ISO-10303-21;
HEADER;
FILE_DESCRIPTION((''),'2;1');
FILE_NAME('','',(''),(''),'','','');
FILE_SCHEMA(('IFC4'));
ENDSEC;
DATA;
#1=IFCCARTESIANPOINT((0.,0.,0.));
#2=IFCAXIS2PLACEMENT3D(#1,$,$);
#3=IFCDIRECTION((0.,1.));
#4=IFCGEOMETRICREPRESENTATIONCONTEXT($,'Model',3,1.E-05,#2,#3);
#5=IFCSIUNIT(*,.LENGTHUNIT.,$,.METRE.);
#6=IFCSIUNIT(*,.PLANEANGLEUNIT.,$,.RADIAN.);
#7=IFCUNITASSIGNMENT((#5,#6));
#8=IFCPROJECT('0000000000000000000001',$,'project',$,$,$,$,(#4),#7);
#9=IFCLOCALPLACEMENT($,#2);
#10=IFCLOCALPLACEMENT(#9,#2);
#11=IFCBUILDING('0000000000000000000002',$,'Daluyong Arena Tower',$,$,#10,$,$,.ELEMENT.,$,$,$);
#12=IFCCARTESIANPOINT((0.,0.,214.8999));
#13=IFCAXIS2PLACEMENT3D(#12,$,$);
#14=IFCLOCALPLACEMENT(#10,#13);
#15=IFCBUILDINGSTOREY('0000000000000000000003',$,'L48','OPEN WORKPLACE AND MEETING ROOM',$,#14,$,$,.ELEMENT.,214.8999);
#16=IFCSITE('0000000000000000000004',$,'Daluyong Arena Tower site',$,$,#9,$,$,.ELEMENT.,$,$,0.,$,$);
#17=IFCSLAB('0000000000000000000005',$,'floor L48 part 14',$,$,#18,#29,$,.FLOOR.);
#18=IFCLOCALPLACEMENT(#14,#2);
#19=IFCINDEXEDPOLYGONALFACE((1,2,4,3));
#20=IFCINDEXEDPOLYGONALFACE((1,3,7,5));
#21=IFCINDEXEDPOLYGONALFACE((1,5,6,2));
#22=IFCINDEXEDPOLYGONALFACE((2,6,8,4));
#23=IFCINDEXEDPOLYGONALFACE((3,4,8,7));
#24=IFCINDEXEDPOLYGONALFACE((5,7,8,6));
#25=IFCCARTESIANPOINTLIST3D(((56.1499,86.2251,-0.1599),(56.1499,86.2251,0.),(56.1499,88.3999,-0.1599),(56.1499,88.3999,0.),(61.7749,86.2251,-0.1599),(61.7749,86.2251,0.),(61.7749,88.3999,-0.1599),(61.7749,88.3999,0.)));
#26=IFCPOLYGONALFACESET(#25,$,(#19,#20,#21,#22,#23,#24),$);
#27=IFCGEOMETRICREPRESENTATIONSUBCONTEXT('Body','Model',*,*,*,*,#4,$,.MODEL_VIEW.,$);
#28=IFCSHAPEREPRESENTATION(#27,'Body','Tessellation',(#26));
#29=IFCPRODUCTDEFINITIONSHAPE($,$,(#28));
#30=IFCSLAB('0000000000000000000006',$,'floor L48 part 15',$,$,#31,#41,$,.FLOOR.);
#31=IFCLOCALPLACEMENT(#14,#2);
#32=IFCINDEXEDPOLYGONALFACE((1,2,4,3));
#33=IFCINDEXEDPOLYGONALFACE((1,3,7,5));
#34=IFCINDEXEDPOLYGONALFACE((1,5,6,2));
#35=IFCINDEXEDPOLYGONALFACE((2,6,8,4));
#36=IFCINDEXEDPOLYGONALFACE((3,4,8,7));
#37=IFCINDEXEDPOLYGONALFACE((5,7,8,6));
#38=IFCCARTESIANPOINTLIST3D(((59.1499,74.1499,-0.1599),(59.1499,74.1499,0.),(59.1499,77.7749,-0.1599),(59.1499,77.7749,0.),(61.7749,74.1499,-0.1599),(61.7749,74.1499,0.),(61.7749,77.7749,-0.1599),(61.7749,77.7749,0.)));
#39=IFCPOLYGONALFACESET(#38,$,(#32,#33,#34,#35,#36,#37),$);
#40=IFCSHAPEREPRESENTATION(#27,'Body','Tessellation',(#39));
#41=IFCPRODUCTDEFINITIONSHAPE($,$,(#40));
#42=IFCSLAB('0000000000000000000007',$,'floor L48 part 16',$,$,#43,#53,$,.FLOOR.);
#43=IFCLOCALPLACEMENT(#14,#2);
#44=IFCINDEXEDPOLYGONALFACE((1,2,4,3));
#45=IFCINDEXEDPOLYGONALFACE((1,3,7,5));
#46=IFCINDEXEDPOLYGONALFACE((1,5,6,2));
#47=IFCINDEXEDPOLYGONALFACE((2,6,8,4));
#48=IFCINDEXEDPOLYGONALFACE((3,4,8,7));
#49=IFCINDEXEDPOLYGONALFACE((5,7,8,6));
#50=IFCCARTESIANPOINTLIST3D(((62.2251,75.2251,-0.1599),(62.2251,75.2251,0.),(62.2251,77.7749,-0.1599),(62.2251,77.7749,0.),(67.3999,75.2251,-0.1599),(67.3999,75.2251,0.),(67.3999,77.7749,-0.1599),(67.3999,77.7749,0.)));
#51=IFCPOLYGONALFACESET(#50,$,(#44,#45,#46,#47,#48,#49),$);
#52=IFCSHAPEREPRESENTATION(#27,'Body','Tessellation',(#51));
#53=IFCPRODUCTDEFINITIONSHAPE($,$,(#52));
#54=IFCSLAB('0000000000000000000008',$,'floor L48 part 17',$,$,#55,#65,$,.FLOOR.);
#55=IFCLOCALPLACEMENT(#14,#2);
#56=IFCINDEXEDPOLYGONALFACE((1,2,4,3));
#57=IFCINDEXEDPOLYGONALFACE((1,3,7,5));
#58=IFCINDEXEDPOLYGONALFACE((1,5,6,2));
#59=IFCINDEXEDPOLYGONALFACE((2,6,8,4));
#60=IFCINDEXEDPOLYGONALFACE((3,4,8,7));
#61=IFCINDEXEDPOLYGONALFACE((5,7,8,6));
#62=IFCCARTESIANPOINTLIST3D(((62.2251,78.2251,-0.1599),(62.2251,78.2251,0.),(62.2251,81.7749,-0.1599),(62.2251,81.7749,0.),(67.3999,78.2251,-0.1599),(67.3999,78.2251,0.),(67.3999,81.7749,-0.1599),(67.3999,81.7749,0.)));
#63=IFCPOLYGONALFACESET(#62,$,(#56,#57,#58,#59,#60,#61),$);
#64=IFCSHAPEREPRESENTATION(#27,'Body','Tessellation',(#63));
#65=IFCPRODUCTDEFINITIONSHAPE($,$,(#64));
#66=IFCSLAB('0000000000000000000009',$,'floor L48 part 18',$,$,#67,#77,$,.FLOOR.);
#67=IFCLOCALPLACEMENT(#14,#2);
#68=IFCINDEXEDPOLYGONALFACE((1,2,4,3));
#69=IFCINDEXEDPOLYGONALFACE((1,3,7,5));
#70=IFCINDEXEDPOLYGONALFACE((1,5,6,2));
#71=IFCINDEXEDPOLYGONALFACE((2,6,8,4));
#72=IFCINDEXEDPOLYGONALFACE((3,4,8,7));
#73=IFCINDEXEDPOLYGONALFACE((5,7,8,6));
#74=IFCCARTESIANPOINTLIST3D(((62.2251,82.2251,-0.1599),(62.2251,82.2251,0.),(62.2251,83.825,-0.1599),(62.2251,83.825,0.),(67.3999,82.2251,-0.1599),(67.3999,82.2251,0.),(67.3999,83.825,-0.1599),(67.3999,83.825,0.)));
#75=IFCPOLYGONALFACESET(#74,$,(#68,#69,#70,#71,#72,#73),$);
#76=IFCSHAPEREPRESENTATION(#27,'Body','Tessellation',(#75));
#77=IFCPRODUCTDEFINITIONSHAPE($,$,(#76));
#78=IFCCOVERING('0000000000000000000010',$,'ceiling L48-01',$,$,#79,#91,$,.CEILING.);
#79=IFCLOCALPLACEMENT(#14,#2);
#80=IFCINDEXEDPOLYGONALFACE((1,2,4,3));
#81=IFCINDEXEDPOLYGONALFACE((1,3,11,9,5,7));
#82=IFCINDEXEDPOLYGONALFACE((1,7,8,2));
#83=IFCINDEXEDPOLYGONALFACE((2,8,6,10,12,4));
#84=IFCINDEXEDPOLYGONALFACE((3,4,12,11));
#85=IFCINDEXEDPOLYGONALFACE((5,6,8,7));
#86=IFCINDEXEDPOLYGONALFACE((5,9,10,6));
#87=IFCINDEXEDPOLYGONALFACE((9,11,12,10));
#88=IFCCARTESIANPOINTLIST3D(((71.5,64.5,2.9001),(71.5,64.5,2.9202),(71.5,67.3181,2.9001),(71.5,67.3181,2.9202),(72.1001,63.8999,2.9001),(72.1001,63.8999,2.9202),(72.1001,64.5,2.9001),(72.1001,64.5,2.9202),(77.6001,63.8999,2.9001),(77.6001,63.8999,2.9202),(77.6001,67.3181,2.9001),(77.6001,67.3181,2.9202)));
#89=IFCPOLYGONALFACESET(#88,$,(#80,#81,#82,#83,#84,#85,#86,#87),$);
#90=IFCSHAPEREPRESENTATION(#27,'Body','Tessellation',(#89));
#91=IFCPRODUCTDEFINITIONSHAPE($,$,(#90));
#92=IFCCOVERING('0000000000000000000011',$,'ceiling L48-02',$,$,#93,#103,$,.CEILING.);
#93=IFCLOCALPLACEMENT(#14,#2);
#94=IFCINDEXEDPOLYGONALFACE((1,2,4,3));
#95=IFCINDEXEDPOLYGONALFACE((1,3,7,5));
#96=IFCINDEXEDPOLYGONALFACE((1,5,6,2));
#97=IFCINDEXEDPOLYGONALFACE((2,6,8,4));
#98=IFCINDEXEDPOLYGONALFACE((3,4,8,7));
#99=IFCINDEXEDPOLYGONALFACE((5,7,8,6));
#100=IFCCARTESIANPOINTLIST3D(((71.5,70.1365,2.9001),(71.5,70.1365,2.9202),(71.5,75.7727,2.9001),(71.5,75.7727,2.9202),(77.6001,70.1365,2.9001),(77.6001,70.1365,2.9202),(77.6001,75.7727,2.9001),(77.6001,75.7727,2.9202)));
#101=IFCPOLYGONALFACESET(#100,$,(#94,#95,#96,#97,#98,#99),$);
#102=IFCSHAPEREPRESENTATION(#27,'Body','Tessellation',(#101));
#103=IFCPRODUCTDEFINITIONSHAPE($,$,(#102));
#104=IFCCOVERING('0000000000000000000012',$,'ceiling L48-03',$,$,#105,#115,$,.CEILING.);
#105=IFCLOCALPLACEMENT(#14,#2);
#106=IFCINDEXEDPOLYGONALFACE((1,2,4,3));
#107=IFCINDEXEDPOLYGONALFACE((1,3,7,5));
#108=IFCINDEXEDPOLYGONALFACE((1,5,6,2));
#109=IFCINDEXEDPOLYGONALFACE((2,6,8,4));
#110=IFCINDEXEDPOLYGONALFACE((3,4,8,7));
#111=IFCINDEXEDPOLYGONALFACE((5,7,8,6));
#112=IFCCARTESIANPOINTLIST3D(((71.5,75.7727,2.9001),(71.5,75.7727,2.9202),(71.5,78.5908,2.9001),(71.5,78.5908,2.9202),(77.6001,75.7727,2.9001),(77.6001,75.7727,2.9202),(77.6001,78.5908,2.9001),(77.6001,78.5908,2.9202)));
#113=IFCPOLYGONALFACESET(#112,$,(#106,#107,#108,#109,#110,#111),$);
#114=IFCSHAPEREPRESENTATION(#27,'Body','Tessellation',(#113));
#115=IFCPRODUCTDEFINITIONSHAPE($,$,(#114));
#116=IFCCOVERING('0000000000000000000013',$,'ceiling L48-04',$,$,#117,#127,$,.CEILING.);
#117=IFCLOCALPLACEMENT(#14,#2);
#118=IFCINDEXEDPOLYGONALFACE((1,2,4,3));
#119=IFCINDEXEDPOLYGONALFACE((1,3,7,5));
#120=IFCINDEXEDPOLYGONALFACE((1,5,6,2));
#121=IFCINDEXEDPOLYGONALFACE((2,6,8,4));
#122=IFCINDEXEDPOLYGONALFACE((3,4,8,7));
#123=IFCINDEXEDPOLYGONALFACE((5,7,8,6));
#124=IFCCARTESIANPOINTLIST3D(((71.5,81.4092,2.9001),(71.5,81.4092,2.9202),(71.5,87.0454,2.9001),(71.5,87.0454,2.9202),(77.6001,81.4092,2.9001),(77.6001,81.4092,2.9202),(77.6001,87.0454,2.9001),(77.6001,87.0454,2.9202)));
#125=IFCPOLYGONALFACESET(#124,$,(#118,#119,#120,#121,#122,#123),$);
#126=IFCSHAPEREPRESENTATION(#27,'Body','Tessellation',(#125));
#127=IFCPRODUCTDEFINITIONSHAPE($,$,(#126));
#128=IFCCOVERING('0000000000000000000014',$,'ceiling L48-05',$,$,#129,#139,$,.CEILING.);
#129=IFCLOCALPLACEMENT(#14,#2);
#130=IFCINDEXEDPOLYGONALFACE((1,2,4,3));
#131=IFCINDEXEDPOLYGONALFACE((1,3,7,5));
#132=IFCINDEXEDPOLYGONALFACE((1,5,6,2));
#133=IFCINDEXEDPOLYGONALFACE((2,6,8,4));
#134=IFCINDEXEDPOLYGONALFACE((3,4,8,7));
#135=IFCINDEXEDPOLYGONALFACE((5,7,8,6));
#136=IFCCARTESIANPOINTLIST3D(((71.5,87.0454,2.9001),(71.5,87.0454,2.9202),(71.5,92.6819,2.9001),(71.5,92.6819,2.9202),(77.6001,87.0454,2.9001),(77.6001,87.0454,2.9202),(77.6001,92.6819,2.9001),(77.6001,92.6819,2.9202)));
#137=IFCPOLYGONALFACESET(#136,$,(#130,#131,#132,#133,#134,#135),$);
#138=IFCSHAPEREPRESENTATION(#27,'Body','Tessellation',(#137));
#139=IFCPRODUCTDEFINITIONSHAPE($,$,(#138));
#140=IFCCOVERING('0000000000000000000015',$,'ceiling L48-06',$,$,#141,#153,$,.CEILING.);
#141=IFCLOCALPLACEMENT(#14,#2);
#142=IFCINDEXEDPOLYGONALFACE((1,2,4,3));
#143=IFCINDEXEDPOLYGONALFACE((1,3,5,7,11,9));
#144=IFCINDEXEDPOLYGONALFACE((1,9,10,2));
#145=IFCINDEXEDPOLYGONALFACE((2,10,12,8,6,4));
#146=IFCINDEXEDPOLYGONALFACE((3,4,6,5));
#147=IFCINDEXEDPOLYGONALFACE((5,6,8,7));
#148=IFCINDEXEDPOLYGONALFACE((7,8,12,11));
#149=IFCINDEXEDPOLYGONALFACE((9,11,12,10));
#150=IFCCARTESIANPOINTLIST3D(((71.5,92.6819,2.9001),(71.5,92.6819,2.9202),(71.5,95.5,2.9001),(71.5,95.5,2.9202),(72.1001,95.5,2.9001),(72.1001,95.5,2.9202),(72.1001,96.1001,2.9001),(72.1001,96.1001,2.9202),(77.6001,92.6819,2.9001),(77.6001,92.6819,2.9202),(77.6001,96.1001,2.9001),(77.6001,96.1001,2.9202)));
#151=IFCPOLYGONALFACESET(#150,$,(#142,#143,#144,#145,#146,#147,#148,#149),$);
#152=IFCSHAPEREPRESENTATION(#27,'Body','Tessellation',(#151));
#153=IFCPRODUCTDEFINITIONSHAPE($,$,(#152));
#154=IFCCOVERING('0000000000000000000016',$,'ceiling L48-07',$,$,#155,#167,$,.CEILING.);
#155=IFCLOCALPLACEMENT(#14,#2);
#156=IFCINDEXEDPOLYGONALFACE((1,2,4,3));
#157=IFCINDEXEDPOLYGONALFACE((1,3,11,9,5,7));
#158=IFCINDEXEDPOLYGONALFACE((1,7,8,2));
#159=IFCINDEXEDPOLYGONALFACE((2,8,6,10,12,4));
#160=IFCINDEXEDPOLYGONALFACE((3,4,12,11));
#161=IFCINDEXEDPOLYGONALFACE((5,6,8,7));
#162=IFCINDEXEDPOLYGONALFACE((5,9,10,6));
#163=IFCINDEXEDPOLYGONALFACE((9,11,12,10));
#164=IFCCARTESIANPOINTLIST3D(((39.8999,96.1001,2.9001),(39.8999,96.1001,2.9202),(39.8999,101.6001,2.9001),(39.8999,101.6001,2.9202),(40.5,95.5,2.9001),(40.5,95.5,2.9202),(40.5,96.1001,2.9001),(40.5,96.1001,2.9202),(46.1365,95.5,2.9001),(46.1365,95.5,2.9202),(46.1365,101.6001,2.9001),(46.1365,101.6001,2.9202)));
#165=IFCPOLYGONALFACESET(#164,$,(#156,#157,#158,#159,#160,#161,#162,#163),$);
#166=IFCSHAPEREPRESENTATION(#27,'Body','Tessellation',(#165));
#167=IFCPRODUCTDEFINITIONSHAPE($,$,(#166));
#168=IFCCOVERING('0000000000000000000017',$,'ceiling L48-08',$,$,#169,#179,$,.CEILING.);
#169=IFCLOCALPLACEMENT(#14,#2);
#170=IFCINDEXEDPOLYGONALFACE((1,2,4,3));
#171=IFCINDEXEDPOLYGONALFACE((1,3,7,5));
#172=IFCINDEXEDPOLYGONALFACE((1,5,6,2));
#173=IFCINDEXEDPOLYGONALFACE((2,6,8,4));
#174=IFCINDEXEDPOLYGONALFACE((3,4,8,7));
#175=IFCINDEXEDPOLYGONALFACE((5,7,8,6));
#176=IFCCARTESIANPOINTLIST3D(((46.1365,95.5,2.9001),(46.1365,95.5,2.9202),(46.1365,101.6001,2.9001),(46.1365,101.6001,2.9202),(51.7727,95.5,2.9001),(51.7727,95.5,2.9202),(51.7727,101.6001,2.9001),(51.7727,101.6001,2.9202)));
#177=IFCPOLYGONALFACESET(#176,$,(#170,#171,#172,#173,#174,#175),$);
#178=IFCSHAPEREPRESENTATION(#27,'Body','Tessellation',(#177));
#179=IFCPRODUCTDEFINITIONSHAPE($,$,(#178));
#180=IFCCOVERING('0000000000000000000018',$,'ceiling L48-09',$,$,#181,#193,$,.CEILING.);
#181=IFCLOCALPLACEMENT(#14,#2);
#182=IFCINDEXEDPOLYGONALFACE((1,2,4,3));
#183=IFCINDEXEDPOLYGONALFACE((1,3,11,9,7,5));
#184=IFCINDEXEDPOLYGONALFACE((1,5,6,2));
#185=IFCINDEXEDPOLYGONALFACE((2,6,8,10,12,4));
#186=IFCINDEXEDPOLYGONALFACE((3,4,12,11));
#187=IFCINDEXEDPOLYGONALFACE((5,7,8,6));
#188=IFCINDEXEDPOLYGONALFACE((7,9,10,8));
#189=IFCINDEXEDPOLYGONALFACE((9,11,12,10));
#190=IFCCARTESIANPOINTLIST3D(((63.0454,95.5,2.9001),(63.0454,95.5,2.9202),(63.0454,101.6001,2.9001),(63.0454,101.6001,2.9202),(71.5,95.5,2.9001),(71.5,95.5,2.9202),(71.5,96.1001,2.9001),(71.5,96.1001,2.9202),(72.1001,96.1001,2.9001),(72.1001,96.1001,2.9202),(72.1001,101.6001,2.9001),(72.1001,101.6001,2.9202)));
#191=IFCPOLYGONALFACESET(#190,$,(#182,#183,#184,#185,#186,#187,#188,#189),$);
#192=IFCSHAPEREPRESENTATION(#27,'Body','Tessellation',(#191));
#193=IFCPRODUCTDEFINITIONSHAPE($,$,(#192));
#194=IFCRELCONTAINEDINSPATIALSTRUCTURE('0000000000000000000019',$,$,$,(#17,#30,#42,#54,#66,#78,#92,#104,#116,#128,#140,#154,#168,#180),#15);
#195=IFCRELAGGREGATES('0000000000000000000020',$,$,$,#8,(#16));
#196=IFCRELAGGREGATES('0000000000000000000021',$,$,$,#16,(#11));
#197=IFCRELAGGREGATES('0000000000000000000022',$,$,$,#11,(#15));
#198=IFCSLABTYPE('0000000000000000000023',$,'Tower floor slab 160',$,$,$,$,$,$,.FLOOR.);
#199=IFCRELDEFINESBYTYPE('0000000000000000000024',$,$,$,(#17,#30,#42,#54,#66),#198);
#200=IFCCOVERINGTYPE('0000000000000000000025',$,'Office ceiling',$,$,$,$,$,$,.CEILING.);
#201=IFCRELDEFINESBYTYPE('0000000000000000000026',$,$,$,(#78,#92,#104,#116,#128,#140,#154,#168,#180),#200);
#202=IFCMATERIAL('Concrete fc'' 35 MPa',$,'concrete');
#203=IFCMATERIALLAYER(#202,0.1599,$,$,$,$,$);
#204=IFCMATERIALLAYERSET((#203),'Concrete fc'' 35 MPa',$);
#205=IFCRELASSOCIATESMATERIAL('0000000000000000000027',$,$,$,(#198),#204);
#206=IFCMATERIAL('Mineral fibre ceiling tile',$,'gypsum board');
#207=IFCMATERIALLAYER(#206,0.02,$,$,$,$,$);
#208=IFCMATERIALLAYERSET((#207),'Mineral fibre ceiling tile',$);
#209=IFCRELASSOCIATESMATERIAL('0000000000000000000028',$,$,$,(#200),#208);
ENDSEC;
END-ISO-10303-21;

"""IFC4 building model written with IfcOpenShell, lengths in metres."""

from ifc_helpers import new_model, si_unit, direction, frame, origin, place, context, subcontext, project, spatial, polyline, outline, extrude, material, layer, layer_set, type_object, element, save


model = new_model("IFC4")

# Units and contexts
model_context = context("Model", 3, precision=1e-05, world=origin(), true_north=direction((0.0, 1.0)))
body_context = subcontext(model_context, "Body", "Model", "MODEL_VIEW")
ifc_project = project(units=[si_unit("LENGTHUNIT", "METRE"), si_unit("PLANEANGLEUNIT", "RADIAN")], contexts=[model_context])

# Site, building, storey
site_placement = place(None, origin())
site = spatial("IfcSite", under=ifc_project, at=site_placement, Name="Daluyong Arena Tower site", CompositionType="ELEMENT", RefElevation=0.0)
building_placement = place(site_placement, origin())
building = spatial("IfcBuilding", under=site, at=building_placement, Name="Daluyong Arena Tower", CompositionType="ELEMENT")
storey_placement = place(building_placement, frame((0.0, 0.0, 214.8999)))
storey = spatial("IfcBuildingStorey", under=building, at=storey_placement, Name="L48", Description="OPEN WORKPLACE AND MEETING ROOM", CompositionType="ELEMENT", Elevation=214.8999)

# Slabs
ifc_material_1 = material(Name="Concrete fc' 35 MPa", Category="concrete")
ifc_layer_1 = layer(ifc_material_1, 0.1599)
ifc_layer_set_1 = layer_set([ifc_layer_1], Name="Concrete fc' 35 MPa")
slab_type = type_object("IfcSlabType", Name="Tower floor slab 160", PredefinedType="FLOOR", material=ifc_layer_set_1)
slab_1_placement = place(storey_placement, frame((0.0, 0.0, -0.1599)))
element("IfcSlab", 1, at=slab_1_placement, inside=storey, type_object=slab_type, Name="floor L48 part 14", PredefinedType="FLOOR", context=body_context, shape_type="SweptSolid", body=[
    extrude(outline(polyline([(56.1499, 88.3999), (56.1499, 86.2251), (61.7749, 86.2251), (61.7749, 88.3999), (56.1499, 88.3999)])), origin(), (0.0, 0.0, 1.0), 0.1599),
])
slab_2_placement = place(storey_placement, frame((0.0, 0.0, -0.1599)))
element("IfcSlab", 2, at=slab_2_placement, inside=storey, type_object=slab_type, Name="floor L48 part 15", PredefinedType="FLOOR", context=body_context, shape_type="SweptSolid", body=[
    extrude(outline(polyline([(61.7749, 77.7749), (59.1499, 77.7749), (59.1499, 74.1499), (61.7749, 74.1499), (61.7749, 77.7749)])), origin(), (0.0, 0.0, 1.0), 0.1599),
])
slab_3_placement = place(storey_placement, frame((0.0, 0.0, -0.1599)))
element("IfcSlab", 3, at=slab_3_placement, inside=storey, type_object=slab_type, Name="floor L48 part 16", PredefinedType="FLOOR", context=body_context, shape_type="SweptSolid", body=[
    extrude(outline(polyline([(67.3999, 75.2251), (67.3999, 77.7749), (62.2251, 77.7749), (62.2251, 75.2251), (67.3999, 75.2251)])), origin(), (0.0, 0.0, 1.0), 0.1599),
])
slab_4_placement = place(storey_placement, frame((0.0, 0.0, -0.1599)))
element("IfcSlab", 4, at=slab_4_placement, inside=storey, type_object=slab_type, Name="floor L48 part 17", PredefinedType="FLOOR", context=body_context, shape_type="SweptSolid", body=[
    extrude(outline(polyline([(67.3999, 78.2251), (67.3999, 81.7749), (62.2251, 81.7749), (62.2251, 78.2251), (67.3999, 78.2251)])), origin(), (0.0, 0.0, 1.0), 0.1599),
])
slab_5_placement = place(storey_placement, frame((0.0, 0.0, -0.1599)))
element("IfcSlab", 5, at=slab_5_placement, inside=storey, type_object=slab_type, Name="floor L48 part 18", PredefinedType="FLOOR", context=body_context, shape_type="SweptSolid", body=[
    extrude(outline(polyline([(67.3999, 83.825), (62.2251, 83.825), (62.2251, 82.2251), (67.3999, 82.2251), (67.3999, 83.825)])), origin(), (0.0, 0.0, 1.0), 0.1599),
])

# Coverings
ifc_material_2 = material(Name="Mineral fibre ceiling tile", Category="gypsum board")
ifc_layer_2 = layer(ifc_material_2, 0.02)
ifc_layer_set_2 = layer_set([ifc_layer_2], Name="Mineral fibre ceiling tile")
covering_type = type_object("IfcCoveringType", Name="Office ceiling", PredefinedType="CEILING", material=ifc_layer_set_2)
covering_1_placement = place(storey_placement, frame((0.0, 0.0, 2.9001)))
element("IfcCovering", 6, at=covering_1_placement, inside=storey, type_object=covering_type, Name="ceiling L48-01", PredefinedType="CEILING", context=body_context, shape_type="SweptSolid", body=[
    extrude(outline(polyline([(72.1001, 63.8999), (77.6001, 63.8999), (77.6001, 67.3181), (71.5, 67.3181), (71.5, 64.5), (72.1001, 64.5), (72.1001, 63.8999)])), origin(), (0.0, 0.0, 1.0), 0.02),
])
covering_2_placement = place(storey_placement, frame((0.0, 0.0, 2.9001)))
element("IfcCovering", 7, at=covering_2_placement, inside=storey, type_object=covering_type, Name="ceiling L48-02", PredefinedType="CEILING", context=body_context, shape_type="SweptSolid", body=[
    extrude(outline(polyline([(71.5, 70.1365), (77.6001, 70.1365), (77.6001, 75.7727), (71.5, 75.7727), (71.5, 70.1365)])), origin(), (0.0, 0.0, 1.0), 0.02),
])
covering_3_placement = place(storey_placement, frame((0.0, 0.0, 2.9001)))
element("IfcCovering", 8, at=covering_3_placement, inside=storey, type_object=covering_type, Name="ceiling L48-03", PredefinedType="CEILING", context=body_context, shape_type="SweptSolid", body=[
    extrude(outline(polyline([(71.5, 75.7727), (77.6001, 75.7727), (77.6001, 78.5908), (71.5, 78.5908), (71.5, 75.7727)])), origin(), (0.0, 0.0, 1.0), 0.02),
])
covering_4_placement = place(storey_placement, frame((0.0, 0.0, 2.9001)))
element("IfcCovering", 9, at=covering_4_placement, inside=storey, type_object=covering_type, Name="ceiling L48-04", PredefinedType="CEILING", context=body_context, shape_type="SweptSolid", body=[
    extrude(outline(polyline([(71.5, 81.4092), (77.6001, 81.4092), (77.6001, 87.0454), (71.5, 87.0454), (71.5, 81.4092)])), origin(), (0.0, 0.0, 1.0), 0.02),
])
covering_5_placement = place(storey_placement, frame((0.0, 0.0, 2.9001)))
element("IfcCovering", 10, at=covering_5_placement, inside=storey, type_object=covering_type, Name="ceiling L48-05", PredefinedType="CEILING", context=body_context, shape_type="SweptSolid", body=[
    extrude(outline(polyline([(71.5, 87.0454), (77.6001, 87.0454), (77.6001, 92.6819), (71.5, 92.6819), (71.5, 87.0454)])), origin(), (0.0, 0.0, 1.0), 0.02),
])
covering_6_placement = place(storey_placement, frame((0.0, 0.0, 2.9001)))
element("IfcCovering", 11, at=covering_6_placement, inside=storey, type_object=covering_type, Name="ceiling L48-06", PredefinedType="CEILING", context=body_context, shape_type="SweptSolid", body=[
    extrude(outline(polyline([(71.5, 92.6819), (77.6001, 92.6819), (77.6001, 96.1001), (72.1001, 96.1001), (72.1001, 95.5), (71.5, 95.5), (71.5, 92.6819)])), origin(), (0.0, 0.0, 1.0), 0.02),
])
covering_7_placement = place(storey_placement, frame((0.0, 0.0, 2.9001)))
element("IfcCovering", 12, at=covering_7_placement, inside=storey, type_object=covering_type, Name="ceiling L48-07", PredefinedType="CEILING", context=body_context, shape_type="SweptSolid", body=[
    extrude(outline(polyline([(46.1365, 95.5), (46.1365, 101.6001), (39.8999, 101.6001), (39.8999, 96.1001), (40.5, 96.1001), (40.5, 95.5), (46.1365, 95.5)])), origin(), (0.0, 0.0, 1.0), 0.02),
])
covering_8_placement = place(storey_placement, frame((0.0, 0.0, 2.9001)))
element("IfcCovering", 13, at=covering_8_placement, inside=storey, type_object=covering_type, Name="ceiling L48-08", PredefinedType="CEILING", context=body_context, shape_type="SweptSolid", body=[
    extrude(outline(polyline([(51.7727, 95.5), (51.7727, 101.6001), (46.1365, 101.6001), (46.1365, 95.5), (51.7727, 95.5)])), origin(), (0.0, 0.0, 1.0), 0.02),
])
covering_9_placement = place(storey_placement, frame((0.0, 0.0, 2.9001)))
element("IfcCovering", 14, at=covering_9_placement, inside=storey, type_object=covering_type, Name="ceiling L48-09", PredefinedType="CEILING", context=body_context, shape_type="SweptSolid", body=[
    extrude(outline(polyline([(63.0454, 95.5), (71.5, 95.5), (71.5, 96.1001), (72.1001, 96.1001), (72.1001, 101.6001), (63.0454, 101.6001), (63.0454, 95.5)])), origin(), (0.0, 0.0, 1.0), 0.02),
])

save(model, "model.ifc")
